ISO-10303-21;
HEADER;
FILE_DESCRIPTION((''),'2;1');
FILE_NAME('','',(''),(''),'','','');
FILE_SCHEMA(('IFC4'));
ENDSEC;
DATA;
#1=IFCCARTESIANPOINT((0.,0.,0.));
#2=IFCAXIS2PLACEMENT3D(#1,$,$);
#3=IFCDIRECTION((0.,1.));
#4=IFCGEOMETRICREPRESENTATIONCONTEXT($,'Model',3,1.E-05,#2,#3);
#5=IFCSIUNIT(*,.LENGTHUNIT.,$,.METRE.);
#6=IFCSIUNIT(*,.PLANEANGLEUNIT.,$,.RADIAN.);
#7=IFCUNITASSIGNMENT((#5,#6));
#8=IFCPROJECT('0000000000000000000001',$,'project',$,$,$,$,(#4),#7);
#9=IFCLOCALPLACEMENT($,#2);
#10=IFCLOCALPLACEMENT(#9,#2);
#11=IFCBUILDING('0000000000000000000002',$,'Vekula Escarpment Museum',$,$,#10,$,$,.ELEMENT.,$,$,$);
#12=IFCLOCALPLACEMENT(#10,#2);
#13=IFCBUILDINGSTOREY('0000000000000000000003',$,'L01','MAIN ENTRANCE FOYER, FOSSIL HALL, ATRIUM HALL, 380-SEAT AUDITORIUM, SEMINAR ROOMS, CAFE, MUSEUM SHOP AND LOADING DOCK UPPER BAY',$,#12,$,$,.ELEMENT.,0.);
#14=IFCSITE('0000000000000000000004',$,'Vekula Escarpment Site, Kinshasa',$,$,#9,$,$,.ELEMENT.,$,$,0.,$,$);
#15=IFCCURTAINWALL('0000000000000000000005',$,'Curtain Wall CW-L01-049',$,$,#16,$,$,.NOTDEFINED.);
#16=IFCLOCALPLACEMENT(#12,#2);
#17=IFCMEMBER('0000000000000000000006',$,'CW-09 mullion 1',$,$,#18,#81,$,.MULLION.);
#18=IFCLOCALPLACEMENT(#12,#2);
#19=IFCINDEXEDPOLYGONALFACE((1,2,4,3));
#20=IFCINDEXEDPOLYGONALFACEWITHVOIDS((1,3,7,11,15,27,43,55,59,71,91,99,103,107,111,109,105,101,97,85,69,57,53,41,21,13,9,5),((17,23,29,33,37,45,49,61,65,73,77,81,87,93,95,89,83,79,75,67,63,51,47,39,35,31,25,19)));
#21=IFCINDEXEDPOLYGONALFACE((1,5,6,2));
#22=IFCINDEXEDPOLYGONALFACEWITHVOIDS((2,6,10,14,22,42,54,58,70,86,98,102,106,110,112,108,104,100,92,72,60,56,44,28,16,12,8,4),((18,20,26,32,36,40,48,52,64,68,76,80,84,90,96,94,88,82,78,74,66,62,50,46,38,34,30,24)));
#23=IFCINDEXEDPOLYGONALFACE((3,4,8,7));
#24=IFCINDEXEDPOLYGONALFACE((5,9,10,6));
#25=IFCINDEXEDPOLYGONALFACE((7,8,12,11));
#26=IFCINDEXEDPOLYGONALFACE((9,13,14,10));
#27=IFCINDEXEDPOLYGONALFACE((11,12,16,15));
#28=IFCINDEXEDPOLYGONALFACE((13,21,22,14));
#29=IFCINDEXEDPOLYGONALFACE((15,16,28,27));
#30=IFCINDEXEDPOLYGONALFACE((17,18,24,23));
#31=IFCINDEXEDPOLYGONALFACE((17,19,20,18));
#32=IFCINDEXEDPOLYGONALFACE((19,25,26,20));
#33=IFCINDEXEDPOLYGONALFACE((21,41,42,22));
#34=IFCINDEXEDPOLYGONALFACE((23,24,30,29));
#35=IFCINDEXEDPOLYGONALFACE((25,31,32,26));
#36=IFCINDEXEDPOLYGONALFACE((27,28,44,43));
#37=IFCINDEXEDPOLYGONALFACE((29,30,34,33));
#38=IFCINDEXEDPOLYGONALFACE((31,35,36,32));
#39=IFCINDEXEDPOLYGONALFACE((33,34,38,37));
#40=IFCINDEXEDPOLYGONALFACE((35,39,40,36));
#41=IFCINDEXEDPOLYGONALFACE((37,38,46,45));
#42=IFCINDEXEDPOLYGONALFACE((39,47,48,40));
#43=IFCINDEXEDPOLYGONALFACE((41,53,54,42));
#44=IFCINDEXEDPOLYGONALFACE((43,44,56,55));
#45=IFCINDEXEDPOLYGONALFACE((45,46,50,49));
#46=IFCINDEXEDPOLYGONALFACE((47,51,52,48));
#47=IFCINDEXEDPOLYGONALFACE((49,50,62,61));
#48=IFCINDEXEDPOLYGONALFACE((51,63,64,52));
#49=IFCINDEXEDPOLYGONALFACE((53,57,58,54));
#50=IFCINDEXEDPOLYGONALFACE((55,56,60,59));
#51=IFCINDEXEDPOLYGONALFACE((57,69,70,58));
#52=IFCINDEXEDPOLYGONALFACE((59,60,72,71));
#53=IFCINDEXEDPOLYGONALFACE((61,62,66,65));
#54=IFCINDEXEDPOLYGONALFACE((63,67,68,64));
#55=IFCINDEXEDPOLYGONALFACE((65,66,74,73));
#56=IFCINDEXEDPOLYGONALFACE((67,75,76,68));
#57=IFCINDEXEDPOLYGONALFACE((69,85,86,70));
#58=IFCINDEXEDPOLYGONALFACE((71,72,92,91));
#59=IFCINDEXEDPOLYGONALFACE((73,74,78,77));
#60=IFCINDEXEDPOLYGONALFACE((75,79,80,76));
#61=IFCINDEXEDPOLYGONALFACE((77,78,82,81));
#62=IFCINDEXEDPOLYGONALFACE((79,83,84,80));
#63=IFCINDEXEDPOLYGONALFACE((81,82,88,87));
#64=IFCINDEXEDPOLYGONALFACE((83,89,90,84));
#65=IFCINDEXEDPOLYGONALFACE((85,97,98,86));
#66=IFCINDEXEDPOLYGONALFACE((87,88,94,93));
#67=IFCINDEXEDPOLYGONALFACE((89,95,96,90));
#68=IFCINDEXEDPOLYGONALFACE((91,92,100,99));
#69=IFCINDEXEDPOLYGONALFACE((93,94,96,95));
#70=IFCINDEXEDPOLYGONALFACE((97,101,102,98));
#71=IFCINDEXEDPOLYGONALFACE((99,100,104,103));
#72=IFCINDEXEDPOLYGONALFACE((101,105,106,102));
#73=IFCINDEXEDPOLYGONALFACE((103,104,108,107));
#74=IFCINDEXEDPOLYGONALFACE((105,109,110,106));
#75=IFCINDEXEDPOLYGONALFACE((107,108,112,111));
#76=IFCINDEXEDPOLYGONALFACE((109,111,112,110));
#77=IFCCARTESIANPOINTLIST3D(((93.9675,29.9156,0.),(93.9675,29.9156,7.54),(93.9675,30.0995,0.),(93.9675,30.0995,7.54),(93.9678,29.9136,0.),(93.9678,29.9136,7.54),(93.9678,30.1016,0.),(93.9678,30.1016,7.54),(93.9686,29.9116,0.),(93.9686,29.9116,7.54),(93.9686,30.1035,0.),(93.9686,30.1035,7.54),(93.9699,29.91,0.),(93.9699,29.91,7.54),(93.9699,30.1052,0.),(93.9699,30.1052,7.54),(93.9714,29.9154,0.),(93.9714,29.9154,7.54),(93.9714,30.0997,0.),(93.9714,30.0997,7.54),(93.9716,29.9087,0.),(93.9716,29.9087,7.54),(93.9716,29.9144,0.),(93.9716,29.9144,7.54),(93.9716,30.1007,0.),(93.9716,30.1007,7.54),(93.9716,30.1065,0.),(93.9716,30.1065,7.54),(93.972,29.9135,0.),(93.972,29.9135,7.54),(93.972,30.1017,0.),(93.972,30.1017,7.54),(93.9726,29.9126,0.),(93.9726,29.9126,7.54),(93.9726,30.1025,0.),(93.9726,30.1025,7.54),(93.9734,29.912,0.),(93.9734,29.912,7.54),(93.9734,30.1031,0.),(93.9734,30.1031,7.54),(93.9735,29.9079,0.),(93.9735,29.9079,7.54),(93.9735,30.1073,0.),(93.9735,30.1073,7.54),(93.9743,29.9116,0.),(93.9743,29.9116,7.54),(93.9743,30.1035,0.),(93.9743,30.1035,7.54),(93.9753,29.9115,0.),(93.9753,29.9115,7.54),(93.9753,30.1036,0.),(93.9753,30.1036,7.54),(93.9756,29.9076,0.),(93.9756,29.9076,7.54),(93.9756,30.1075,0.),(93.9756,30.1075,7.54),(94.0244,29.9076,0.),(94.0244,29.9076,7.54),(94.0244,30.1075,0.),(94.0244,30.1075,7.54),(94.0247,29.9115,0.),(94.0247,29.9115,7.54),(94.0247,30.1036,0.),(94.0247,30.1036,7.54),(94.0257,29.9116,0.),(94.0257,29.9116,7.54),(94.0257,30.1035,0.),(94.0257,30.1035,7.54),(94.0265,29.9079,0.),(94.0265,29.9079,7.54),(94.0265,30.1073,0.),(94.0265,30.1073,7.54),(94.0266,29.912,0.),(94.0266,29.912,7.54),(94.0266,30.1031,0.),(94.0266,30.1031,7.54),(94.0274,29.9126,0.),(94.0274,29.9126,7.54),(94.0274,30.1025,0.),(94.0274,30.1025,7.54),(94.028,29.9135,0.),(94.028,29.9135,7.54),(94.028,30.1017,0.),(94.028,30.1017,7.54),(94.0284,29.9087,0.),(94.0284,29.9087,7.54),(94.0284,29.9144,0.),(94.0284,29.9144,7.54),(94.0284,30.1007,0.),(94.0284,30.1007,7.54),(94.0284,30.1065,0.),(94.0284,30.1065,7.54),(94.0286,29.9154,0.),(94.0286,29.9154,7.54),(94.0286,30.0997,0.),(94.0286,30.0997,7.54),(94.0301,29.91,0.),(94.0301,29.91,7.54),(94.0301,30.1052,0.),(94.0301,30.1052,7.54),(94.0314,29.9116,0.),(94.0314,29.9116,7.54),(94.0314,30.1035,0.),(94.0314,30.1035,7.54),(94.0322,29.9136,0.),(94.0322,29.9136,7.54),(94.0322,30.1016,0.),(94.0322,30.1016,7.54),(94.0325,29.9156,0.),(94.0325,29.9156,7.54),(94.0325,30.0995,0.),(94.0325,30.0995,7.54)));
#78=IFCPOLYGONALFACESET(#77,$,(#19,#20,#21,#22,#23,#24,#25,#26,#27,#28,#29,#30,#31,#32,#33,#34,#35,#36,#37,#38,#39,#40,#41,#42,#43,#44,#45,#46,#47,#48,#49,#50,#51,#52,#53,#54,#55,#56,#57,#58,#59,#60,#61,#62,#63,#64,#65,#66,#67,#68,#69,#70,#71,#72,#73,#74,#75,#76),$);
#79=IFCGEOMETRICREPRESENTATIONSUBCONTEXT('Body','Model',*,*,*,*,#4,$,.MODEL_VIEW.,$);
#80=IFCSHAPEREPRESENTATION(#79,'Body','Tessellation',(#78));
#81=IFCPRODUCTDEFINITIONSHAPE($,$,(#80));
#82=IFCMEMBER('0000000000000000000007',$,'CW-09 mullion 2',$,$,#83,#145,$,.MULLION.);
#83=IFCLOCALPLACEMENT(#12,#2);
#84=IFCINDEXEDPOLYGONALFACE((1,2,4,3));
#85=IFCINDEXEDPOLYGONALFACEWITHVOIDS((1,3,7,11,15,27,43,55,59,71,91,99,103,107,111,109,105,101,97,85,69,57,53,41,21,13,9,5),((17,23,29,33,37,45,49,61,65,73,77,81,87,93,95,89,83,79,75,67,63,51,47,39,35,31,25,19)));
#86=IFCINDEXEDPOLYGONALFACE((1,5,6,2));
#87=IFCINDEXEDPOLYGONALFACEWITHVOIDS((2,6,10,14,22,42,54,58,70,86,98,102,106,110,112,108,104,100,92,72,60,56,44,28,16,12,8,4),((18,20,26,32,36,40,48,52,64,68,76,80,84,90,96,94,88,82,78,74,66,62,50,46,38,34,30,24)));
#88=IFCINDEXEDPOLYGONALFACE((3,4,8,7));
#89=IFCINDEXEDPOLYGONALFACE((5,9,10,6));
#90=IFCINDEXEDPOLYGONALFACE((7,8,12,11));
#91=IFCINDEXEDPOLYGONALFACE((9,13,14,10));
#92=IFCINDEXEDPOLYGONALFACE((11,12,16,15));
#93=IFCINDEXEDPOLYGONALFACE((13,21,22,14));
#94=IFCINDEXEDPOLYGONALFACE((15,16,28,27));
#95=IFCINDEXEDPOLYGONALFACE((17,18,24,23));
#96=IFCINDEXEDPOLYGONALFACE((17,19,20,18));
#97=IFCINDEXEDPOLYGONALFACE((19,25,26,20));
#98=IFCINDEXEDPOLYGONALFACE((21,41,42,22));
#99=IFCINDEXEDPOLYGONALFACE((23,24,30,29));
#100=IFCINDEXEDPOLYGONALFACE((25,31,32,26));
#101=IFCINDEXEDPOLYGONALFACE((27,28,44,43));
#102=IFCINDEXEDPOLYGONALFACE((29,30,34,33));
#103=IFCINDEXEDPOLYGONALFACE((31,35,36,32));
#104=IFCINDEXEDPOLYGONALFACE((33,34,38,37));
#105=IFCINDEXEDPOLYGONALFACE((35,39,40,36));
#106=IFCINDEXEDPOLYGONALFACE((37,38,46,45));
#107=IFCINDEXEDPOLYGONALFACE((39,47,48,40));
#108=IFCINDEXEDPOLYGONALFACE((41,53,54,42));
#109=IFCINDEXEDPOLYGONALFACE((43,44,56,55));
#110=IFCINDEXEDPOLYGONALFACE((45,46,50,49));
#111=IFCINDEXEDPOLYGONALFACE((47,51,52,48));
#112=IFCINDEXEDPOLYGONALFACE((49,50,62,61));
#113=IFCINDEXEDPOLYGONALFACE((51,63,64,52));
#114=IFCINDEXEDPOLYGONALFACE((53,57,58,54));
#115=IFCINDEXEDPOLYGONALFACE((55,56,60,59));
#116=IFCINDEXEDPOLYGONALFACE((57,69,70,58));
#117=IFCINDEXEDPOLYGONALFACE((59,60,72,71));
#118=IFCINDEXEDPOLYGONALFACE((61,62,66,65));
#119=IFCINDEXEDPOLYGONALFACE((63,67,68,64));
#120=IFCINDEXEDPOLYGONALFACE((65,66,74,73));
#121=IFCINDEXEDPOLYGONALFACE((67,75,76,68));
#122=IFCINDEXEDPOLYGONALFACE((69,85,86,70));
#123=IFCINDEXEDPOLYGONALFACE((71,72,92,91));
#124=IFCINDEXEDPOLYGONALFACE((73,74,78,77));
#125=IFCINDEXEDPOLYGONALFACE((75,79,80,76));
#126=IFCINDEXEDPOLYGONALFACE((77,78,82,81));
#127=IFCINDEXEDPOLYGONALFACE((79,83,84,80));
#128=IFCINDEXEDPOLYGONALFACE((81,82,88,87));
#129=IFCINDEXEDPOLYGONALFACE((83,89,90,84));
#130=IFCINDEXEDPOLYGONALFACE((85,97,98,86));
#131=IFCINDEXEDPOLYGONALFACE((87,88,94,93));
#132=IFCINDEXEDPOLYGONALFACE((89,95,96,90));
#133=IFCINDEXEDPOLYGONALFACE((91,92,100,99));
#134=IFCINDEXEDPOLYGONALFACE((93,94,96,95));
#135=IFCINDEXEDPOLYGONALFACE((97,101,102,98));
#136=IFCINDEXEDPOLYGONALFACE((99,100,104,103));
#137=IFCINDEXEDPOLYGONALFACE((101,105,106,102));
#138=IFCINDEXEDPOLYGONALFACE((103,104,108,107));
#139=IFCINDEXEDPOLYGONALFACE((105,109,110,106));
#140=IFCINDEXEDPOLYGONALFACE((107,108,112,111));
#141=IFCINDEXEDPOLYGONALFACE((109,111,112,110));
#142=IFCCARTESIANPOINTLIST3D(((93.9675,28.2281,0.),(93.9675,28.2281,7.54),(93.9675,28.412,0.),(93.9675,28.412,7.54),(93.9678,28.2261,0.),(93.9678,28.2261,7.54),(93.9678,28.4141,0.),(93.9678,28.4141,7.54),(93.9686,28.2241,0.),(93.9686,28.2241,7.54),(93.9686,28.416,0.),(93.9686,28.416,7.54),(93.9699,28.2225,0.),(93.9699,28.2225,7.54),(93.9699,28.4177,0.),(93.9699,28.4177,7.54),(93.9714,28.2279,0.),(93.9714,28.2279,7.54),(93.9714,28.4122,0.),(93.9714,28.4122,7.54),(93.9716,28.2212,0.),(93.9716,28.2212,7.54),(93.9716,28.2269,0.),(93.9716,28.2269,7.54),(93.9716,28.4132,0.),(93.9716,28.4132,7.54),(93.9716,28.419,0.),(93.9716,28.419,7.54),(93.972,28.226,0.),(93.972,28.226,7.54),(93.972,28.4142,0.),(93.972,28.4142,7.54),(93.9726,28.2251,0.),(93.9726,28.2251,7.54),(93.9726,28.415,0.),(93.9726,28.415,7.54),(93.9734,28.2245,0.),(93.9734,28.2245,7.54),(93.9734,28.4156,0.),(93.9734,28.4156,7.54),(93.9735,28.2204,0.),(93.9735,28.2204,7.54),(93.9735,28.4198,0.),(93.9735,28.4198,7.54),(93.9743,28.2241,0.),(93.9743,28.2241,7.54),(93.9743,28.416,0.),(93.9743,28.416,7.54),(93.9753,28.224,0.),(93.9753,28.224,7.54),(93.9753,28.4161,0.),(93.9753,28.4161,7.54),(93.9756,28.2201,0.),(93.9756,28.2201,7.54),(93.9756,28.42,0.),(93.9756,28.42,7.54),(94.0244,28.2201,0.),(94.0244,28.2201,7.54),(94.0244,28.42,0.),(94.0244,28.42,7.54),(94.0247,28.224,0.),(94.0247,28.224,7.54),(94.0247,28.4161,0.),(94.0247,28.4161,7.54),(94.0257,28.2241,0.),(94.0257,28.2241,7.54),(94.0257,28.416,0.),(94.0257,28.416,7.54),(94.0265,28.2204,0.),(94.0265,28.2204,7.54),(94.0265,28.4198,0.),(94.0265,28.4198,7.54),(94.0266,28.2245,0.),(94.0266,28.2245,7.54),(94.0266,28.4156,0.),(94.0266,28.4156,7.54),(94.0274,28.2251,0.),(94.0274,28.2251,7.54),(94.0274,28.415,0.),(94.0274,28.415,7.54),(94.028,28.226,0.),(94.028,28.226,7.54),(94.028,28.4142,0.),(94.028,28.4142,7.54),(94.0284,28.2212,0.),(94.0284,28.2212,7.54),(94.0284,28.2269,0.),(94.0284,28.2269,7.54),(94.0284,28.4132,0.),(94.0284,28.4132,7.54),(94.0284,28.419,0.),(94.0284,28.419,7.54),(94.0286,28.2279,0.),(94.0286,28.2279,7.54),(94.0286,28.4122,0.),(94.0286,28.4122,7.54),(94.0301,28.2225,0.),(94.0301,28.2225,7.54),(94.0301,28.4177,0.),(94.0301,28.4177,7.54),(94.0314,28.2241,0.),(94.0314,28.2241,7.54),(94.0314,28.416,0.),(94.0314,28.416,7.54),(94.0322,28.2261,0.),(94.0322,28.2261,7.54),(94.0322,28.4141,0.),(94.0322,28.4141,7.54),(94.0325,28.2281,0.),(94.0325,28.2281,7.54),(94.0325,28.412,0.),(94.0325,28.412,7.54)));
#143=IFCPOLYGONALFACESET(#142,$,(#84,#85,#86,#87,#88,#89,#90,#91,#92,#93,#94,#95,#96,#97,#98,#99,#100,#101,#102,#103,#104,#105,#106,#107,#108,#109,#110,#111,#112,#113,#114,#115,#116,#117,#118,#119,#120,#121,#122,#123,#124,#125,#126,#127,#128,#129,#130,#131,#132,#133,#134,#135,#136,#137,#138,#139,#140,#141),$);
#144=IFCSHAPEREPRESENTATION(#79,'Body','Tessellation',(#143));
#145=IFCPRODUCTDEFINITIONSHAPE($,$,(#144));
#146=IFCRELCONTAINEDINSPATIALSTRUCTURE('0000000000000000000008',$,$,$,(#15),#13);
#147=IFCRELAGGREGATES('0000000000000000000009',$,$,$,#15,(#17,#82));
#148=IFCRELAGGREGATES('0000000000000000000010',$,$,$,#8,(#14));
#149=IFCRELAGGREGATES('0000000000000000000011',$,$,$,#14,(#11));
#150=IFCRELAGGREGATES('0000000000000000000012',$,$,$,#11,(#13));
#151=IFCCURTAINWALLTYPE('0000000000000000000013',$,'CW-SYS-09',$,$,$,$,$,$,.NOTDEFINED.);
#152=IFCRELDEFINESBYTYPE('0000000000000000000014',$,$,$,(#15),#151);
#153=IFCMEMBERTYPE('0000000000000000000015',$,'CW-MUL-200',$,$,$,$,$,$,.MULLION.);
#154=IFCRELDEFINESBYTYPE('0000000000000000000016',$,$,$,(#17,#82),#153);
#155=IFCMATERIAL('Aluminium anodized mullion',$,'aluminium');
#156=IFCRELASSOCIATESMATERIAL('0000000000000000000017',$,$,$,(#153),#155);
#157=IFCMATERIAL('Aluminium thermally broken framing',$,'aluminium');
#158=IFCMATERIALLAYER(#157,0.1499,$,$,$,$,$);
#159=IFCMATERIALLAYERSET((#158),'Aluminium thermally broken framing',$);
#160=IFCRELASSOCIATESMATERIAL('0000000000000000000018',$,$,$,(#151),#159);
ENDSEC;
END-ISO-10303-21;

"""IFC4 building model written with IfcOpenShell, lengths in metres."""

from ifc_helpers import new_model, si_unit, direction, frame, origin, origin_2d, place, context, subcontext, project, spatial, hollow_rectangle, extrude, material, layer, layer_set, material_profile, profile_set, type_object, element, aggregate, save


model = new_model("IFC4")

# Units and contexts
model_context = context("Model", 3, precision=1e-05, world=origin(), true_north=direction((0.0, 1.0)))
body_context = subcontext(model_context, "Body", "Model", "MODEL_VIEW")
ifc_project = project(units=[si_unit("LENGTHUNIT", "METRE"), si_unit("PLANEANGLEUNIT", "RADIAN")], contexts=[model_context])

# Site, building, storey
site_placement = place(None, origin())
site = spatial("IfcSite", under=ifc_project, at=site_placement, Name="Vekula Escarpment Site, Kinshasa", CompositionType="ELEMENT", RefElevation=0.0)
building_placement = place(site_placement, origin())
building = spatial("IfcBuilding", under=site, at=building_placement, Name="Vekula Escarpment Museum", CompositionType="ELEMENT")
storey_placement = place(building_placement, origin())
storey = spatial("IfcBuildingStorey", under=building, at=storey_placement, Name="L01", Description="MAIN ENTRANCE FOYER, FOSSIL HALL, ATRIUM HALL, 380-SEAT AUDITORIUM, SEMINAR ROOMS, CAFE, MUSEUM SHOP AND LOADING DOCK UPPER BAY", CompositionType="ELEMENT", Elevation=0.0)

# Curtain wall, members
ifc_material_1 = material(Name="Aluminium anodized mullion", Category="aluminium")
ifc_material_profile_1 = material_profile(ifc_material_1, hollow_rectangle(XDim=0.0649, YDim=0.2, WallThickness=0.0039, InnerFilletRadius=0.0039, OuterFilletRadius=0.0081, at=origin_2d()), Name="ALU 200x65x4")
ifc_profile_set_1 = profile_set([ifc_material_profile_1], Name="Aluminium anodized mullion")
member_type_1 = type_object("IfcMemberType", Name="CW-MUL-200", PredefinedType="MULLION", material=ifc_profile_set_1)
ifc_material_2 = material(Name="Aluminium thermally broken framing", Category="aluminium")
ifc_layer_1 = layer(ifc_material_2, 0.1499)
ifc_layer_set_1 = layer_set([ifc_layer_1], Name="Aluminium thermally broken framing")
curtain_wall_type_1 = type_object("IfcCurtainWallType", Name="CW-SYS-09", PredefinedType="NOTDEFINED", material=ifc_layer_set_1)
curtain_wall_1_placement = place(storey_placement, origin())
curtain_wall_1 = element("IfcCurtainWall", 1, at=curtain_wall_1_placement, inside=storey, type_object=curtain_wall_type_1, Name="Curtain Wall CW-L01-049", PredefinedType="NOTDEFINED")
member_1_placement = place(storey_placement, frame((94.0, 30.0076, 0.0), z_axis=(0.0, 0.0, 1.0), x_axis=(1.0, 0.0, 0.0)))
member_1 = element("IfcMember", 2, at=member_1_placement, type_object=member_type_1, Name="CW-09 mullion 1", PredefinedType="MULLION", context=body_context, shape_type="SweptSolid", body=[
    extrude(hollow_rectangle(XDim=0.0649, YDim=0.2, WallThickness=0.0039, InnerFilletRadius=0.0039, OuterFilletRadius=0.0081, at=origin_2d()), origin(), (0.0, 0.0, 1.0), 7.54),
])
member_2_placement = place(storey_placement, frame((94.0, 28.3201, 0.0), z_axis=(0.0, 0.0, 1.0), x_axis=(1.0, 0.0, 0.0)))
member_2 = element("IfcMember", 3, at=member_2_placement, type_object=member_type_1, Name="CW-09 mullion 2", PredefinedType="MULLION", context=body_context, shape_type="SweptSolid", body=[
    extrude(hollow_rectangle(XDim=0.0649, YDim=0.2, WallThickness=0.0039, InnerFilletRadius=0.0039, OuterFilletRadius=0.0081, at=origin_2d()), origin(), (0.0, 0.0, 1.0), 7.54),
])

aggregate(curtain_wall_1, [member_1, member_2])

save(model, "model.ifc")
